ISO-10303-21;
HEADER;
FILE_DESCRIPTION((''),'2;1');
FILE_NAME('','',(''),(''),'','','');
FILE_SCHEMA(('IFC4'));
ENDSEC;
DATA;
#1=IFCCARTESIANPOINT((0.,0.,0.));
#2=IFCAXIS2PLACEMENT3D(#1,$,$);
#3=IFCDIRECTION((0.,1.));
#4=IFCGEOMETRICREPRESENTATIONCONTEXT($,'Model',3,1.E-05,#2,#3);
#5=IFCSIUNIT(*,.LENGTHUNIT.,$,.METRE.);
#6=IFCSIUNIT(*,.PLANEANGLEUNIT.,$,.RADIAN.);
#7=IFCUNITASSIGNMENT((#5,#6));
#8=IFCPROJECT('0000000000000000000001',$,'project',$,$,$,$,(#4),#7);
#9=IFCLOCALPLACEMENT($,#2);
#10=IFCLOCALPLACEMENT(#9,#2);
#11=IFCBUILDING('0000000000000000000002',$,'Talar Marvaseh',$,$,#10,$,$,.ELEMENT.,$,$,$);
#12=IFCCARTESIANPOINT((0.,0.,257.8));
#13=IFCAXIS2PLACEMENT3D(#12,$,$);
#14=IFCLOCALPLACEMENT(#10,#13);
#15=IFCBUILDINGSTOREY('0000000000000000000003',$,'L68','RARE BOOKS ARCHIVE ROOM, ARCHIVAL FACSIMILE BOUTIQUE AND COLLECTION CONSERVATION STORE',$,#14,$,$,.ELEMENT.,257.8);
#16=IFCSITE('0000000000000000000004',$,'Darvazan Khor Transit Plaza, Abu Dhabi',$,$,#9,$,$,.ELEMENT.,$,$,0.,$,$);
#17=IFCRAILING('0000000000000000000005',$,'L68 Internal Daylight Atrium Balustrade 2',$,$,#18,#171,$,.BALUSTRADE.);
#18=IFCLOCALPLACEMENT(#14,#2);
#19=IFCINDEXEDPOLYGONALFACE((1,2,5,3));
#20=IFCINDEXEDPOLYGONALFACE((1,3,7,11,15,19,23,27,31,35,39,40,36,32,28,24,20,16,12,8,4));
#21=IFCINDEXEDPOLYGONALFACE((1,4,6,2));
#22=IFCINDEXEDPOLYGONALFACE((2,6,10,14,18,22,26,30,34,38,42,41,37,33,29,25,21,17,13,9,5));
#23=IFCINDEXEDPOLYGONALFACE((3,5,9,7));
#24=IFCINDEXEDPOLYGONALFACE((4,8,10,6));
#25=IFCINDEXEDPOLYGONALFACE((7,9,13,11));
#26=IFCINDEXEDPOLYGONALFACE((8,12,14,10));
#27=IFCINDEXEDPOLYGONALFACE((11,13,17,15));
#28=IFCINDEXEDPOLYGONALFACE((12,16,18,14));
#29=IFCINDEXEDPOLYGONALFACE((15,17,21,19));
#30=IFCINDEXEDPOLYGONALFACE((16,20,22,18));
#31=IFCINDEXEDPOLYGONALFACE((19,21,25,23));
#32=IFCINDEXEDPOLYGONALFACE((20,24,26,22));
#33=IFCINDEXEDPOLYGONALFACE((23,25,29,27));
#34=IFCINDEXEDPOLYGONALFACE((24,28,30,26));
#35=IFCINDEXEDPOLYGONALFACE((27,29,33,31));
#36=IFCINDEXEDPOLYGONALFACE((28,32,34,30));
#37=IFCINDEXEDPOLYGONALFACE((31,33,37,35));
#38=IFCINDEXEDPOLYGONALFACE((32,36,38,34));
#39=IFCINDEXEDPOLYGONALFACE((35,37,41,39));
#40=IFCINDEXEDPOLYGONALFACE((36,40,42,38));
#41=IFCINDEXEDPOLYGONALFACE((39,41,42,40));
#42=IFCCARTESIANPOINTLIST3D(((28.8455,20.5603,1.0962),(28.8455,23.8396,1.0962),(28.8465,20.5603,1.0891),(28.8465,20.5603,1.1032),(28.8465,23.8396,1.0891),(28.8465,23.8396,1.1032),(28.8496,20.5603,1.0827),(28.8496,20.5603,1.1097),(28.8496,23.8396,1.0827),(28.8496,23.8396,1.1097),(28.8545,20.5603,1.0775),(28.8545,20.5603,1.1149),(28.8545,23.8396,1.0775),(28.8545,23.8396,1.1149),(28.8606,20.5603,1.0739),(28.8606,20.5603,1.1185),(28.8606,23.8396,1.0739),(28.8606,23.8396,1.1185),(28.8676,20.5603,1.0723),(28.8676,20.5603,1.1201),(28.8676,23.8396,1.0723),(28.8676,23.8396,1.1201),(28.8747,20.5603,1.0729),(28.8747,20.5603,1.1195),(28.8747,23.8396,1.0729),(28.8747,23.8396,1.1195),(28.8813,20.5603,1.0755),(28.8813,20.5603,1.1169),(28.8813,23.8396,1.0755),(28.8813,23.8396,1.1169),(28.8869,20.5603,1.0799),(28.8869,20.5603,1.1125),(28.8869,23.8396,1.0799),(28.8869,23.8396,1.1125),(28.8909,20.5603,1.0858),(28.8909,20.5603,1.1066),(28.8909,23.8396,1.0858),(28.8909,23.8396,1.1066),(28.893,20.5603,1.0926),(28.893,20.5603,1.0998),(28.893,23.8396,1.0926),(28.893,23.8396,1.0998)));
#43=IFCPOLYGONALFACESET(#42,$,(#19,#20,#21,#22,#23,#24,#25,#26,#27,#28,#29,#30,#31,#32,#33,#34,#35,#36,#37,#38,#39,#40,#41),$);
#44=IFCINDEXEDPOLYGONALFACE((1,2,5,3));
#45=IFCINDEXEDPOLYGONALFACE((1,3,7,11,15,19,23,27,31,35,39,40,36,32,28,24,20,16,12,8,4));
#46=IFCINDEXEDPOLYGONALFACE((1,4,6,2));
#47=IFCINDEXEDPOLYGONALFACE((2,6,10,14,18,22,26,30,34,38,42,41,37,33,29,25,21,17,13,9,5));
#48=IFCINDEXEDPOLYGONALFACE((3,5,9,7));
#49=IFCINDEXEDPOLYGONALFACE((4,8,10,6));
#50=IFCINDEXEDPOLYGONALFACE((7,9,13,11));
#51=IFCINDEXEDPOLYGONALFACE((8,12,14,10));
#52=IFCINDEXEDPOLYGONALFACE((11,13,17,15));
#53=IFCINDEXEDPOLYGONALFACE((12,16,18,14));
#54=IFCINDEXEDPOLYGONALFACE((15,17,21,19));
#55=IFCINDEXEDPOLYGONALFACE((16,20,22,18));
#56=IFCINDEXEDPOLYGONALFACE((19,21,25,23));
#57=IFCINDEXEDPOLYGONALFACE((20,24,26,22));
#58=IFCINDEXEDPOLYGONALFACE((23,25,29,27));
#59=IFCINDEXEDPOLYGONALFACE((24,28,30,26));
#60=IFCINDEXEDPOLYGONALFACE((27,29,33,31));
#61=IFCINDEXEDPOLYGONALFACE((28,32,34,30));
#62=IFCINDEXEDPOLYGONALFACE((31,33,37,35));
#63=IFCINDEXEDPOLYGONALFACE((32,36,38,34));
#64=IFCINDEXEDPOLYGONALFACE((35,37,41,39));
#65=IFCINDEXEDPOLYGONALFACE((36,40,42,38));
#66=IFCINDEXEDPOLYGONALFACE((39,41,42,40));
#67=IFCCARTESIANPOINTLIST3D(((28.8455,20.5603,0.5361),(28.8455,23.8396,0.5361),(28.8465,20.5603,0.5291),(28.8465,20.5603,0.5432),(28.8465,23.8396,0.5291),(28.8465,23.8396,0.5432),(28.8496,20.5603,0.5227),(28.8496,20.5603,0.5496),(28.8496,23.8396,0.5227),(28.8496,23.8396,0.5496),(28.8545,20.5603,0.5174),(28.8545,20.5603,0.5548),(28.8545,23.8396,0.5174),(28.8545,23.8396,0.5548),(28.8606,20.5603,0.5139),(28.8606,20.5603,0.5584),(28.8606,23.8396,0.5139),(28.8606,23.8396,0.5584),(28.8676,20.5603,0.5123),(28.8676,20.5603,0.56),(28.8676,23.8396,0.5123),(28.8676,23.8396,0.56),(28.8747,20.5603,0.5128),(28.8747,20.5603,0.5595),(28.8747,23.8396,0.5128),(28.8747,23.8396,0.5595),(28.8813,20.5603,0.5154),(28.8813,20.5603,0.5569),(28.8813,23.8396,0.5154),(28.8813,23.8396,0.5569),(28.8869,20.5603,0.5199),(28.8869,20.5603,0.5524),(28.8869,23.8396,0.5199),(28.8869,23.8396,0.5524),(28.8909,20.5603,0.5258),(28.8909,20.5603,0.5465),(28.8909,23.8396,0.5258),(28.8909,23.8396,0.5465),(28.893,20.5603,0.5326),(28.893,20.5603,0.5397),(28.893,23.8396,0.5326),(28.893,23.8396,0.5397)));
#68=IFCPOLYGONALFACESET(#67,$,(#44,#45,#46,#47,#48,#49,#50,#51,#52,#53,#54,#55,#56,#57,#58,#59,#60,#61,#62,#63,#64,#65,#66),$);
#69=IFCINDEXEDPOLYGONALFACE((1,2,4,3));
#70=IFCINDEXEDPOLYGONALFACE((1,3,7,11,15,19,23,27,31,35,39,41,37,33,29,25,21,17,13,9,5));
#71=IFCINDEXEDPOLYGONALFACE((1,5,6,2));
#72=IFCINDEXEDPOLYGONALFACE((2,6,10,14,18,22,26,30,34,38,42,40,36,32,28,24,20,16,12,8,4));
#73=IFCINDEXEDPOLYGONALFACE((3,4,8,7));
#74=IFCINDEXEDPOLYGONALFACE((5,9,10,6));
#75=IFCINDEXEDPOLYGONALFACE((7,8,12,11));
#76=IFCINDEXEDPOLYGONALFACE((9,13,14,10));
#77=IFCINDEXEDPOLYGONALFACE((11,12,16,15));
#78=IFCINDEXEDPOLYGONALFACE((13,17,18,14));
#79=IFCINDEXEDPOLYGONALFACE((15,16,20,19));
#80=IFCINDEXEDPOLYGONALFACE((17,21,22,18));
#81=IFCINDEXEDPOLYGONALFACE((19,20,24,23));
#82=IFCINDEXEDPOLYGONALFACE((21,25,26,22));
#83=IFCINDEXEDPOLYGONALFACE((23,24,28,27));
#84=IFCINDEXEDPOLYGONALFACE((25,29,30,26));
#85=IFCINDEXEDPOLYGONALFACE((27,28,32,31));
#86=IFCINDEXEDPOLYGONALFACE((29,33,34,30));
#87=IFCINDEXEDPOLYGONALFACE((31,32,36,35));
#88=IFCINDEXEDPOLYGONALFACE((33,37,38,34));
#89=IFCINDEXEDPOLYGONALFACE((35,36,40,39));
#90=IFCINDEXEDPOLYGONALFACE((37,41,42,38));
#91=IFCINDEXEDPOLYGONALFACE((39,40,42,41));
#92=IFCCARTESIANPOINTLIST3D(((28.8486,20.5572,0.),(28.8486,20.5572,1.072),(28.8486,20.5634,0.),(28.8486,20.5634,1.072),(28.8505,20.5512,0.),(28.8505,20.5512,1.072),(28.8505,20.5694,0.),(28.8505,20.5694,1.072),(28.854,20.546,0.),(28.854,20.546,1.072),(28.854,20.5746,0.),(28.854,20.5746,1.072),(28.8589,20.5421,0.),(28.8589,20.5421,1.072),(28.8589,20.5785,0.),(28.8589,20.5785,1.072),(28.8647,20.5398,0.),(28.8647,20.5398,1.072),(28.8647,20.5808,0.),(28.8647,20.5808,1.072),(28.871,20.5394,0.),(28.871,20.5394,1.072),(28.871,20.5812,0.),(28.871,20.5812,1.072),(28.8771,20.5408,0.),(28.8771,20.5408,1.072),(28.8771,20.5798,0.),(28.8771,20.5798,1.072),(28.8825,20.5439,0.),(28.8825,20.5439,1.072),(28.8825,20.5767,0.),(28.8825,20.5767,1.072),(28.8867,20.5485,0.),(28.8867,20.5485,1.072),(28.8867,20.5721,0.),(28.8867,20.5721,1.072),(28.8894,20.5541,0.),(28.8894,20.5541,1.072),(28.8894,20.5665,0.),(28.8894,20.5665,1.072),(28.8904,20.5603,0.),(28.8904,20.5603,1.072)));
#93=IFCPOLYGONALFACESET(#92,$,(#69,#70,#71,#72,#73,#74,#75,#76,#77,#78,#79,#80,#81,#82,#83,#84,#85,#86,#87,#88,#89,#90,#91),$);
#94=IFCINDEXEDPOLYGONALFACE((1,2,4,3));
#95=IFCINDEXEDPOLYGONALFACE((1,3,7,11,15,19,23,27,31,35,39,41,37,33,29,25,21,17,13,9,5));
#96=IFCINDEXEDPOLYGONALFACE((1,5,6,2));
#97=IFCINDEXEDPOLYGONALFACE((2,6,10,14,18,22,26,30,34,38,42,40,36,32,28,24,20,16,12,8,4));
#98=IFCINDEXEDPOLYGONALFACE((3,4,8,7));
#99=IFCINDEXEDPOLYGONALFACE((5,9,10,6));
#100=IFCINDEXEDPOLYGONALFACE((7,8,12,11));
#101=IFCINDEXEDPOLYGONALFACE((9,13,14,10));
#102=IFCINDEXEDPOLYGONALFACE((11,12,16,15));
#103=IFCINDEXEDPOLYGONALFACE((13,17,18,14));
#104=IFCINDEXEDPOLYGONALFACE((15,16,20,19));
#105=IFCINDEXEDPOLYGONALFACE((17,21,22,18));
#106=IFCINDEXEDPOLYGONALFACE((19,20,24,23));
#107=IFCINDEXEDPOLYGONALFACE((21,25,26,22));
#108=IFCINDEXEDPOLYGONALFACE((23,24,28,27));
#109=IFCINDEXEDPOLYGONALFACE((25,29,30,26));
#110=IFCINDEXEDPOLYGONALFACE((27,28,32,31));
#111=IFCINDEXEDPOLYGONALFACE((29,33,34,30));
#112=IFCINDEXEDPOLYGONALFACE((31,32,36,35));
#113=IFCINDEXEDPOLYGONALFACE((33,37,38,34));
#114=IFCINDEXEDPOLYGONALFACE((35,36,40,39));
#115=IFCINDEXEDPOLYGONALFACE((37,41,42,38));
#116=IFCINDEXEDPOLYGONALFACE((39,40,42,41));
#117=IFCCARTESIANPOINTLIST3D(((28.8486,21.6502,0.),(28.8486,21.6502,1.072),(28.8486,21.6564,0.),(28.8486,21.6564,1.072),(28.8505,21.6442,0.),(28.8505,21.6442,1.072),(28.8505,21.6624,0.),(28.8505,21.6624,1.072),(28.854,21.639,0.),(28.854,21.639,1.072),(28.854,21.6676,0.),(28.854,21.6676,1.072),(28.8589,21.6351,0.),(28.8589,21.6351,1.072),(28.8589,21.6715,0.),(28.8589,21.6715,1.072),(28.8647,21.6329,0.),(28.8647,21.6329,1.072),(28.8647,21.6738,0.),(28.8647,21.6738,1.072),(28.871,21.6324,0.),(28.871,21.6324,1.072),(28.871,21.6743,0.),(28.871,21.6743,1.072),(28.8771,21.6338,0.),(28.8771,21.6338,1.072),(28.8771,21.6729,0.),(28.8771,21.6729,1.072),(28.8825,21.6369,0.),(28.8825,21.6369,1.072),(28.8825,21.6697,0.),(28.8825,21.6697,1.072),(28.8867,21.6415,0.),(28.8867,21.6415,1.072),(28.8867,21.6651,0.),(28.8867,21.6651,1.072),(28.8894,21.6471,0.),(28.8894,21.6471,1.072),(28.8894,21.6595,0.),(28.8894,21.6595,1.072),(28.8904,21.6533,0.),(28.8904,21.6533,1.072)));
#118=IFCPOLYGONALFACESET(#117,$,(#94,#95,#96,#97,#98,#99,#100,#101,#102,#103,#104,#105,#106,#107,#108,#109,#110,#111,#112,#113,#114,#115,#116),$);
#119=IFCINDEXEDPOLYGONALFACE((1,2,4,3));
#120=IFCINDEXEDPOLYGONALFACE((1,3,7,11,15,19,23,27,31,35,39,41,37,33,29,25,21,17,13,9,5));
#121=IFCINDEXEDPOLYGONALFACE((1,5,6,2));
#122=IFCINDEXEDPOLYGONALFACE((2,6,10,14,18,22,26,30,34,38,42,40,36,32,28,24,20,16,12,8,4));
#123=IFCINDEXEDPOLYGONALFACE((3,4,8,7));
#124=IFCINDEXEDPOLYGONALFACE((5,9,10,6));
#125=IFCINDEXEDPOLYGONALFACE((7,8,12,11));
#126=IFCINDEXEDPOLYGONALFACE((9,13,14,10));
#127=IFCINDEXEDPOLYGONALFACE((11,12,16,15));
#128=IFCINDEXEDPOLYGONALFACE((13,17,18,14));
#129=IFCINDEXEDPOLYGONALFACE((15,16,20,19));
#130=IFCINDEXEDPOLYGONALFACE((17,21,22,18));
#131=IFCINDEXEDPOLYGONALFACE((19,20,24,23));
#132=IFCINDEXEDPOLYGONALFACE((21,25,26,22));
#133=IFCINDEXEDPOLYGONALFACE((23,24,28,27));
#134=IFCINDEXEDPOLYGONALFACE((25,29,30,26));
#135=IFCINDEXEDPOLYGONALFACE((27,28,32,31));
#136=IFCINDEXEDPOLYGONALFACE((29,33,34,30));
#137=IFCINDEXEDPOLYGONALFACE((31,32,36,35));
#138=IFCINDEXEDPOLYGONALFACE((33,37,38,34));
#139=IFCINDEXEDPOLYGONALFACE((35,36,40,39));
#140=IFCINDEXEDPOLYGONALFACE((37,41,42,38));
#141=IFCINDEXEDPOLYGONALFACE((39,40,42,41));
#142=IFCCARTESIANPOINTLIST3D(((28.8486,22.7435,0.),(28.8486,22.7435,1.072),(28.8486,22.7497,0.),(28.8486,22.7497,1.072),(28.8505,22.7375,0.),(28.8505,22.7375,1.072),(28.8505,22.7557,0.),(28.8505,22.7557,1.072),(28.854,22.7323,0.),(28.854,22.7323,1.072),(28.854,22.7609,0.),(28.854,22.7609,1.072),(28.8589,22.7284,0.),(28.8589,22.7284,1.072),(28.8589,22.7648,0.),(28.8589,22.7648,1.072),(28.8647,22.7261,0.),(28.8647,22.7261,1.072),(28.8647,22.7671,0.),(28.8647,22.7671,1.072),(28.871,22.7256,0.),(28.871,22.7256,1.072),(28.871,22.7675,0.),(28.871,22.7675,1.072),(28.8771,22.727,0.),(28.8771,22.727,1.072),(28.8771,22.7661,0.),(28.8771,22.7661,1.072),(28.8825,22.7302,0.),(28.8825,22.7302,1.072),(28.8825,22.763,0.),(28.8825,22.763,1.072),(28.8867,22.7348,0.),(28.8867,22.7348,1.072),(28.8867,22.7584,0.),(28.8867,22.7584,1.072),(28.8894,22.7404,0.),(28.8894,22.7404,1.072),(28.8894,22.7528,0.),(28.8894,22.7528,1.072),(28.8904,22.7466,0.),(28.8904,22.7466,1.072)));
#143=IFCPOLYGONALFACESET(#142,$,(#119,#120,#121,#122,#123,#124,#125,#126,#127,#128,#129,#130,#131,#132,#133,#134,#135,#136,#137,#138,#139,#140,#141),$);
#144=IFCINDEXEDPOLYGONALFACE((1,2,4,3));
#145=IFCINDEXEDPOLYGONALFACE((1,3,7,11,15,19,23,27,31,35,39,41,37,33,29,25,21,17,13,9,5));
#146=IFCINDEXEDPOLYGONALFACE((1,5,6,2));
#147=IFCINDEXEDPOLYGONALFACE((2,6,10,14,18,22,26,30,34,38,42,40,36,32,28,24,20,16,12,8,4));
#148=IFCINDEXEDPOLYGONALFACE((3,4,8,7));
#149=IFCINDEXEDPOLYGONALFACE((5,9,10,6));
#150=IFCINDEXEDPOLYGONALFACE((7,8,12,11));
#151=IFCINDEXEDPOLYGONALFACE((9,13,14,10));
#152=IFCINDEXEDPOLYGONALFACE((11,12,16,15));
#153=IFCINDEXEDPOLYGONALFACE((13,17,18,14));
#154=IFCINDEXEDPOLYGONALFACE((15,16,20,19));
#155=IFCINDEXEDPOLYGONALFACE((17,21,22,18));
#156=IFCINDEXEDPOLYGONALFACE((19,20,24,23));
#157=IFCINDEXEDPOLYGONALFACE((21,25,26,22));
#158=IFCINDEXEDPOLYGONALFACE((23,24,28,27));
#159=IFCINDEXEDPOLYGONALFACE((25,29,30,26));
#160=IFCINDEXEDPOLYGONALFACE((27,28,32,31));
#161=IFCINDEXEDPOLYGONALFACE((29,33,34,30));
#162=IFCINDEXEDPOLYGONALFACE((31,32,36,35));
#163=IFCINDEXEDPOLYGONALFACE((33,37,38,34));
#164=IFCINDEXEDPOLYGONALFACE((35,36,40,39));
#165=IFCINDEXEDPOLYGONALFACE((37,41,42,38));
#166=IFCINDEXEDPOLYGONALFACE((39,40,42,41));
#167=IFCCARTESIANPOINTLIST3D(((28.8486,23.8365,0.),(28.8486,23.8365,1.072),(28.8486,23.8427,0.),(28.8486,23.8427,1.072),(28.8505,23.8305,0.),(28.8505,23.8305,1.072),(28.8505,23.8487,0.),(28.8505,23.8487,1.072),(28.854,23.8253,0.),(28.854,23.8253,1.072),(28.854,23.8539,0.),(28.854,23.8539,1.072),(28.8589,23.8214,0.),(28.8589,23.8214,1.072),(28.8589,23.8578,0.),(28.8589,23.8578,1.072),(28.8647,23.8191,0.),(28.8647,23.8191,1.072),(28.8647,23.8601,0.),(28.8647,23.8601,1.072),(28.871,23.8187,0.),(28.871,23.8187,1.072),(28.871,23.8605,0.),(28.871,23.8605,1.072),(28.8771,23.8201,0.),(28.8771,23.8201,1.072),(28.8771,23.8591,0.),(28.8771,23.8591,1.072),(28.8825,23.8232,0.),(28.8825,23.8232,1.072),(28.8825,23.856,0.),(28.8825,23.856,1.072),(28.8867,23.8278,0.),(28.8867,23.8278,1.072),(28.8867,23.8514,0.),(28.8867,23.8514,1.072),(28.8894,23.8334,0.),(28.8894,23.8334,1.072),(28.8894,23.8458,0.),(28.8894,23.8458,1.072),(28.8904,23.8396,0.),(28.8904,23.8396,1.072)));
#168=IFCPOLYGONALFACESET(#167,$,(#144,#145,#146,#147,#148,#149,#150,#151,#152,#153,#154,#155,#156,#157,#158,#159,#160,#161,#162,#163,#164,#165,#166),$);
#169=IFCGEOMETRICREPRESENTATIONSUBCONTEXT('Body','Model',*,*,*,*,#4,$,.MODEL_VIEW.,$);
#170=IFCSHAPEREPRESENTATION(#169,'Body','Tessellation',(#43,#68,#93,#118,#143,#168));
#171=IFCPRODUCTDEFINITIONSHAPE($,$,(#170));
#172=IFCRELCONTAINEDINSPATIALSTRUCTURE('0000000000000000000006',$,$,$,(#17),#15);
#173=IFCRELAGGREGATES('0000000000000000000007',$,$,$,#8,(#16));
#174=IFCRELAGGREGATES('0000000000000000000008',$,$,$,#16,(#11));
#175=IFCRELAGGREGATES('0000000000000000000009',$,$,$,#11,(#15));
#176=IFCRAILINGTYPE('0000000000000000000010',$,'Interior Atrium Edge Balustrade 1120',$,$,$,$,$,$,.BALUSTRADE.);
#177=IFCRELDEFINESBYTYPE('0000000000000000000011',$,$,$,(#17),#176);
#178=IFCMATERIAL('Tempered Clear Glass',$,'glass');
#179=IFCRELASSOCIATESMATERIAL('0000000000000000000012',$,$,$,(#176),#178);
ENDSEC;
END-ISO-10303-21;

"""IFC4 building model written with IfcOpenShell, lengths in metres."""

from ifc_helpers import new_model, si_unit, direction, frame, origin, origin_2d, place, context, subcontext, project, spatial, circle, extrude, material, type_object, element, save


model = new_model("IFC4")

# Units and contexts
model_context = context("Model", 3, precision=1e-05, world=origin(), true_north=direction((0.0, 1.0)))
body_context = subcontext(model_context, "Body", "Model", "MODEL_VIEW")
ifc_project = project(units=[si_unit("LENGTHUNIT", "METRE"), si_unit("PLANEANGLEUNIT", "RADIAN")], contexts=[model_context])

# Site, building, storey
site_placement = place(None, origin())
site = spatial("IfcSite", under=ifc_project, at=site_placement, Name="Darvazan Khor Transit Plaza, Abu Dhabi", CompositionType="ELEMENT", RefElevation=0.0)
building_placement = place(site_placement, origin())
building = spatial("IfcBuilding", under=site, at=building_placement, Name="Talar Marvaseh", CompositionType="ELEMENT")
storey_placement = place(building_placement, frame((0.0, 0.0, 257.8)))
storey = spatial("IfcBuildingStorey", under=building, at=storey_placement, Name="L68", Description="RARE BOOKS ARCHIVE ROOM, ARCHIVAL FACSIMILE BOUTIQUE AND COLLECTION CONSERVATION STORE", CompositionType="ELEMENT", Elevation=257.8)

# Railing
ifc_material_1 = material(Name="Tempered Clear Glass", Category="glass")
railing_type = type_object("IfcRailingType", Name="Interior Atrium Edge Balustrade 1120", PredefinedType="BALUSTRADE", material=ifc_material_1)
railing_1_placement = place(storey_placement, frame((28.8694, 20.5603, 0.0)))
element("IfcRailing", 1, at=railing_1_placement, inside=storey, type_object=railing_type, Name="L68 Internal Daylight Atrium Balustrade 2", PredefinedType="BALUSTRADE", context=body_context, shape_type="SweptSolid", body=[
    extrude(circle(Radius=0.0239, at=origin_2d()), frame((0.0, 0.0, 1.0962), z_axis=(0.0, 1.0, 0.0), x_axis=(-1.0, 0.0, 0.0)), (0.0, 0.0, 1.0), 3.2793),
    extrude(circle(Radius=0.0239, at=origin_2d()), frame((0.0, 0.0, 0.5361), z_axis=(0.0, 1.0, 0.0), x_axis=(-1.0, 0.0, 0.0)), (0.0, 0.0, 1.0), 3.2793),
    extrude(circle(Radius=0.021, at=origin_2d()), origin(), (0.0, 0.0, 1.0), 1.072),
    extrude(circle(Radius=0.021, at=origin_2d()), frame((0.0, 1.093, 0.0)), (0.0, 0.0, 1.0), 1.072),
    extrude(circle(Radius=0.021, at=origin_2d()), frame((0.0, 2.1863, 0.0)), (0.0, 0.0, 1.0), 1.072),
    extrude(circle(Radius=0.021, at=origin_2d()), frame((0.0, 3.2793, 0.0)), (0.0, 0.0, 1.0), 1.072),
])

save(model, "model.ifc")
